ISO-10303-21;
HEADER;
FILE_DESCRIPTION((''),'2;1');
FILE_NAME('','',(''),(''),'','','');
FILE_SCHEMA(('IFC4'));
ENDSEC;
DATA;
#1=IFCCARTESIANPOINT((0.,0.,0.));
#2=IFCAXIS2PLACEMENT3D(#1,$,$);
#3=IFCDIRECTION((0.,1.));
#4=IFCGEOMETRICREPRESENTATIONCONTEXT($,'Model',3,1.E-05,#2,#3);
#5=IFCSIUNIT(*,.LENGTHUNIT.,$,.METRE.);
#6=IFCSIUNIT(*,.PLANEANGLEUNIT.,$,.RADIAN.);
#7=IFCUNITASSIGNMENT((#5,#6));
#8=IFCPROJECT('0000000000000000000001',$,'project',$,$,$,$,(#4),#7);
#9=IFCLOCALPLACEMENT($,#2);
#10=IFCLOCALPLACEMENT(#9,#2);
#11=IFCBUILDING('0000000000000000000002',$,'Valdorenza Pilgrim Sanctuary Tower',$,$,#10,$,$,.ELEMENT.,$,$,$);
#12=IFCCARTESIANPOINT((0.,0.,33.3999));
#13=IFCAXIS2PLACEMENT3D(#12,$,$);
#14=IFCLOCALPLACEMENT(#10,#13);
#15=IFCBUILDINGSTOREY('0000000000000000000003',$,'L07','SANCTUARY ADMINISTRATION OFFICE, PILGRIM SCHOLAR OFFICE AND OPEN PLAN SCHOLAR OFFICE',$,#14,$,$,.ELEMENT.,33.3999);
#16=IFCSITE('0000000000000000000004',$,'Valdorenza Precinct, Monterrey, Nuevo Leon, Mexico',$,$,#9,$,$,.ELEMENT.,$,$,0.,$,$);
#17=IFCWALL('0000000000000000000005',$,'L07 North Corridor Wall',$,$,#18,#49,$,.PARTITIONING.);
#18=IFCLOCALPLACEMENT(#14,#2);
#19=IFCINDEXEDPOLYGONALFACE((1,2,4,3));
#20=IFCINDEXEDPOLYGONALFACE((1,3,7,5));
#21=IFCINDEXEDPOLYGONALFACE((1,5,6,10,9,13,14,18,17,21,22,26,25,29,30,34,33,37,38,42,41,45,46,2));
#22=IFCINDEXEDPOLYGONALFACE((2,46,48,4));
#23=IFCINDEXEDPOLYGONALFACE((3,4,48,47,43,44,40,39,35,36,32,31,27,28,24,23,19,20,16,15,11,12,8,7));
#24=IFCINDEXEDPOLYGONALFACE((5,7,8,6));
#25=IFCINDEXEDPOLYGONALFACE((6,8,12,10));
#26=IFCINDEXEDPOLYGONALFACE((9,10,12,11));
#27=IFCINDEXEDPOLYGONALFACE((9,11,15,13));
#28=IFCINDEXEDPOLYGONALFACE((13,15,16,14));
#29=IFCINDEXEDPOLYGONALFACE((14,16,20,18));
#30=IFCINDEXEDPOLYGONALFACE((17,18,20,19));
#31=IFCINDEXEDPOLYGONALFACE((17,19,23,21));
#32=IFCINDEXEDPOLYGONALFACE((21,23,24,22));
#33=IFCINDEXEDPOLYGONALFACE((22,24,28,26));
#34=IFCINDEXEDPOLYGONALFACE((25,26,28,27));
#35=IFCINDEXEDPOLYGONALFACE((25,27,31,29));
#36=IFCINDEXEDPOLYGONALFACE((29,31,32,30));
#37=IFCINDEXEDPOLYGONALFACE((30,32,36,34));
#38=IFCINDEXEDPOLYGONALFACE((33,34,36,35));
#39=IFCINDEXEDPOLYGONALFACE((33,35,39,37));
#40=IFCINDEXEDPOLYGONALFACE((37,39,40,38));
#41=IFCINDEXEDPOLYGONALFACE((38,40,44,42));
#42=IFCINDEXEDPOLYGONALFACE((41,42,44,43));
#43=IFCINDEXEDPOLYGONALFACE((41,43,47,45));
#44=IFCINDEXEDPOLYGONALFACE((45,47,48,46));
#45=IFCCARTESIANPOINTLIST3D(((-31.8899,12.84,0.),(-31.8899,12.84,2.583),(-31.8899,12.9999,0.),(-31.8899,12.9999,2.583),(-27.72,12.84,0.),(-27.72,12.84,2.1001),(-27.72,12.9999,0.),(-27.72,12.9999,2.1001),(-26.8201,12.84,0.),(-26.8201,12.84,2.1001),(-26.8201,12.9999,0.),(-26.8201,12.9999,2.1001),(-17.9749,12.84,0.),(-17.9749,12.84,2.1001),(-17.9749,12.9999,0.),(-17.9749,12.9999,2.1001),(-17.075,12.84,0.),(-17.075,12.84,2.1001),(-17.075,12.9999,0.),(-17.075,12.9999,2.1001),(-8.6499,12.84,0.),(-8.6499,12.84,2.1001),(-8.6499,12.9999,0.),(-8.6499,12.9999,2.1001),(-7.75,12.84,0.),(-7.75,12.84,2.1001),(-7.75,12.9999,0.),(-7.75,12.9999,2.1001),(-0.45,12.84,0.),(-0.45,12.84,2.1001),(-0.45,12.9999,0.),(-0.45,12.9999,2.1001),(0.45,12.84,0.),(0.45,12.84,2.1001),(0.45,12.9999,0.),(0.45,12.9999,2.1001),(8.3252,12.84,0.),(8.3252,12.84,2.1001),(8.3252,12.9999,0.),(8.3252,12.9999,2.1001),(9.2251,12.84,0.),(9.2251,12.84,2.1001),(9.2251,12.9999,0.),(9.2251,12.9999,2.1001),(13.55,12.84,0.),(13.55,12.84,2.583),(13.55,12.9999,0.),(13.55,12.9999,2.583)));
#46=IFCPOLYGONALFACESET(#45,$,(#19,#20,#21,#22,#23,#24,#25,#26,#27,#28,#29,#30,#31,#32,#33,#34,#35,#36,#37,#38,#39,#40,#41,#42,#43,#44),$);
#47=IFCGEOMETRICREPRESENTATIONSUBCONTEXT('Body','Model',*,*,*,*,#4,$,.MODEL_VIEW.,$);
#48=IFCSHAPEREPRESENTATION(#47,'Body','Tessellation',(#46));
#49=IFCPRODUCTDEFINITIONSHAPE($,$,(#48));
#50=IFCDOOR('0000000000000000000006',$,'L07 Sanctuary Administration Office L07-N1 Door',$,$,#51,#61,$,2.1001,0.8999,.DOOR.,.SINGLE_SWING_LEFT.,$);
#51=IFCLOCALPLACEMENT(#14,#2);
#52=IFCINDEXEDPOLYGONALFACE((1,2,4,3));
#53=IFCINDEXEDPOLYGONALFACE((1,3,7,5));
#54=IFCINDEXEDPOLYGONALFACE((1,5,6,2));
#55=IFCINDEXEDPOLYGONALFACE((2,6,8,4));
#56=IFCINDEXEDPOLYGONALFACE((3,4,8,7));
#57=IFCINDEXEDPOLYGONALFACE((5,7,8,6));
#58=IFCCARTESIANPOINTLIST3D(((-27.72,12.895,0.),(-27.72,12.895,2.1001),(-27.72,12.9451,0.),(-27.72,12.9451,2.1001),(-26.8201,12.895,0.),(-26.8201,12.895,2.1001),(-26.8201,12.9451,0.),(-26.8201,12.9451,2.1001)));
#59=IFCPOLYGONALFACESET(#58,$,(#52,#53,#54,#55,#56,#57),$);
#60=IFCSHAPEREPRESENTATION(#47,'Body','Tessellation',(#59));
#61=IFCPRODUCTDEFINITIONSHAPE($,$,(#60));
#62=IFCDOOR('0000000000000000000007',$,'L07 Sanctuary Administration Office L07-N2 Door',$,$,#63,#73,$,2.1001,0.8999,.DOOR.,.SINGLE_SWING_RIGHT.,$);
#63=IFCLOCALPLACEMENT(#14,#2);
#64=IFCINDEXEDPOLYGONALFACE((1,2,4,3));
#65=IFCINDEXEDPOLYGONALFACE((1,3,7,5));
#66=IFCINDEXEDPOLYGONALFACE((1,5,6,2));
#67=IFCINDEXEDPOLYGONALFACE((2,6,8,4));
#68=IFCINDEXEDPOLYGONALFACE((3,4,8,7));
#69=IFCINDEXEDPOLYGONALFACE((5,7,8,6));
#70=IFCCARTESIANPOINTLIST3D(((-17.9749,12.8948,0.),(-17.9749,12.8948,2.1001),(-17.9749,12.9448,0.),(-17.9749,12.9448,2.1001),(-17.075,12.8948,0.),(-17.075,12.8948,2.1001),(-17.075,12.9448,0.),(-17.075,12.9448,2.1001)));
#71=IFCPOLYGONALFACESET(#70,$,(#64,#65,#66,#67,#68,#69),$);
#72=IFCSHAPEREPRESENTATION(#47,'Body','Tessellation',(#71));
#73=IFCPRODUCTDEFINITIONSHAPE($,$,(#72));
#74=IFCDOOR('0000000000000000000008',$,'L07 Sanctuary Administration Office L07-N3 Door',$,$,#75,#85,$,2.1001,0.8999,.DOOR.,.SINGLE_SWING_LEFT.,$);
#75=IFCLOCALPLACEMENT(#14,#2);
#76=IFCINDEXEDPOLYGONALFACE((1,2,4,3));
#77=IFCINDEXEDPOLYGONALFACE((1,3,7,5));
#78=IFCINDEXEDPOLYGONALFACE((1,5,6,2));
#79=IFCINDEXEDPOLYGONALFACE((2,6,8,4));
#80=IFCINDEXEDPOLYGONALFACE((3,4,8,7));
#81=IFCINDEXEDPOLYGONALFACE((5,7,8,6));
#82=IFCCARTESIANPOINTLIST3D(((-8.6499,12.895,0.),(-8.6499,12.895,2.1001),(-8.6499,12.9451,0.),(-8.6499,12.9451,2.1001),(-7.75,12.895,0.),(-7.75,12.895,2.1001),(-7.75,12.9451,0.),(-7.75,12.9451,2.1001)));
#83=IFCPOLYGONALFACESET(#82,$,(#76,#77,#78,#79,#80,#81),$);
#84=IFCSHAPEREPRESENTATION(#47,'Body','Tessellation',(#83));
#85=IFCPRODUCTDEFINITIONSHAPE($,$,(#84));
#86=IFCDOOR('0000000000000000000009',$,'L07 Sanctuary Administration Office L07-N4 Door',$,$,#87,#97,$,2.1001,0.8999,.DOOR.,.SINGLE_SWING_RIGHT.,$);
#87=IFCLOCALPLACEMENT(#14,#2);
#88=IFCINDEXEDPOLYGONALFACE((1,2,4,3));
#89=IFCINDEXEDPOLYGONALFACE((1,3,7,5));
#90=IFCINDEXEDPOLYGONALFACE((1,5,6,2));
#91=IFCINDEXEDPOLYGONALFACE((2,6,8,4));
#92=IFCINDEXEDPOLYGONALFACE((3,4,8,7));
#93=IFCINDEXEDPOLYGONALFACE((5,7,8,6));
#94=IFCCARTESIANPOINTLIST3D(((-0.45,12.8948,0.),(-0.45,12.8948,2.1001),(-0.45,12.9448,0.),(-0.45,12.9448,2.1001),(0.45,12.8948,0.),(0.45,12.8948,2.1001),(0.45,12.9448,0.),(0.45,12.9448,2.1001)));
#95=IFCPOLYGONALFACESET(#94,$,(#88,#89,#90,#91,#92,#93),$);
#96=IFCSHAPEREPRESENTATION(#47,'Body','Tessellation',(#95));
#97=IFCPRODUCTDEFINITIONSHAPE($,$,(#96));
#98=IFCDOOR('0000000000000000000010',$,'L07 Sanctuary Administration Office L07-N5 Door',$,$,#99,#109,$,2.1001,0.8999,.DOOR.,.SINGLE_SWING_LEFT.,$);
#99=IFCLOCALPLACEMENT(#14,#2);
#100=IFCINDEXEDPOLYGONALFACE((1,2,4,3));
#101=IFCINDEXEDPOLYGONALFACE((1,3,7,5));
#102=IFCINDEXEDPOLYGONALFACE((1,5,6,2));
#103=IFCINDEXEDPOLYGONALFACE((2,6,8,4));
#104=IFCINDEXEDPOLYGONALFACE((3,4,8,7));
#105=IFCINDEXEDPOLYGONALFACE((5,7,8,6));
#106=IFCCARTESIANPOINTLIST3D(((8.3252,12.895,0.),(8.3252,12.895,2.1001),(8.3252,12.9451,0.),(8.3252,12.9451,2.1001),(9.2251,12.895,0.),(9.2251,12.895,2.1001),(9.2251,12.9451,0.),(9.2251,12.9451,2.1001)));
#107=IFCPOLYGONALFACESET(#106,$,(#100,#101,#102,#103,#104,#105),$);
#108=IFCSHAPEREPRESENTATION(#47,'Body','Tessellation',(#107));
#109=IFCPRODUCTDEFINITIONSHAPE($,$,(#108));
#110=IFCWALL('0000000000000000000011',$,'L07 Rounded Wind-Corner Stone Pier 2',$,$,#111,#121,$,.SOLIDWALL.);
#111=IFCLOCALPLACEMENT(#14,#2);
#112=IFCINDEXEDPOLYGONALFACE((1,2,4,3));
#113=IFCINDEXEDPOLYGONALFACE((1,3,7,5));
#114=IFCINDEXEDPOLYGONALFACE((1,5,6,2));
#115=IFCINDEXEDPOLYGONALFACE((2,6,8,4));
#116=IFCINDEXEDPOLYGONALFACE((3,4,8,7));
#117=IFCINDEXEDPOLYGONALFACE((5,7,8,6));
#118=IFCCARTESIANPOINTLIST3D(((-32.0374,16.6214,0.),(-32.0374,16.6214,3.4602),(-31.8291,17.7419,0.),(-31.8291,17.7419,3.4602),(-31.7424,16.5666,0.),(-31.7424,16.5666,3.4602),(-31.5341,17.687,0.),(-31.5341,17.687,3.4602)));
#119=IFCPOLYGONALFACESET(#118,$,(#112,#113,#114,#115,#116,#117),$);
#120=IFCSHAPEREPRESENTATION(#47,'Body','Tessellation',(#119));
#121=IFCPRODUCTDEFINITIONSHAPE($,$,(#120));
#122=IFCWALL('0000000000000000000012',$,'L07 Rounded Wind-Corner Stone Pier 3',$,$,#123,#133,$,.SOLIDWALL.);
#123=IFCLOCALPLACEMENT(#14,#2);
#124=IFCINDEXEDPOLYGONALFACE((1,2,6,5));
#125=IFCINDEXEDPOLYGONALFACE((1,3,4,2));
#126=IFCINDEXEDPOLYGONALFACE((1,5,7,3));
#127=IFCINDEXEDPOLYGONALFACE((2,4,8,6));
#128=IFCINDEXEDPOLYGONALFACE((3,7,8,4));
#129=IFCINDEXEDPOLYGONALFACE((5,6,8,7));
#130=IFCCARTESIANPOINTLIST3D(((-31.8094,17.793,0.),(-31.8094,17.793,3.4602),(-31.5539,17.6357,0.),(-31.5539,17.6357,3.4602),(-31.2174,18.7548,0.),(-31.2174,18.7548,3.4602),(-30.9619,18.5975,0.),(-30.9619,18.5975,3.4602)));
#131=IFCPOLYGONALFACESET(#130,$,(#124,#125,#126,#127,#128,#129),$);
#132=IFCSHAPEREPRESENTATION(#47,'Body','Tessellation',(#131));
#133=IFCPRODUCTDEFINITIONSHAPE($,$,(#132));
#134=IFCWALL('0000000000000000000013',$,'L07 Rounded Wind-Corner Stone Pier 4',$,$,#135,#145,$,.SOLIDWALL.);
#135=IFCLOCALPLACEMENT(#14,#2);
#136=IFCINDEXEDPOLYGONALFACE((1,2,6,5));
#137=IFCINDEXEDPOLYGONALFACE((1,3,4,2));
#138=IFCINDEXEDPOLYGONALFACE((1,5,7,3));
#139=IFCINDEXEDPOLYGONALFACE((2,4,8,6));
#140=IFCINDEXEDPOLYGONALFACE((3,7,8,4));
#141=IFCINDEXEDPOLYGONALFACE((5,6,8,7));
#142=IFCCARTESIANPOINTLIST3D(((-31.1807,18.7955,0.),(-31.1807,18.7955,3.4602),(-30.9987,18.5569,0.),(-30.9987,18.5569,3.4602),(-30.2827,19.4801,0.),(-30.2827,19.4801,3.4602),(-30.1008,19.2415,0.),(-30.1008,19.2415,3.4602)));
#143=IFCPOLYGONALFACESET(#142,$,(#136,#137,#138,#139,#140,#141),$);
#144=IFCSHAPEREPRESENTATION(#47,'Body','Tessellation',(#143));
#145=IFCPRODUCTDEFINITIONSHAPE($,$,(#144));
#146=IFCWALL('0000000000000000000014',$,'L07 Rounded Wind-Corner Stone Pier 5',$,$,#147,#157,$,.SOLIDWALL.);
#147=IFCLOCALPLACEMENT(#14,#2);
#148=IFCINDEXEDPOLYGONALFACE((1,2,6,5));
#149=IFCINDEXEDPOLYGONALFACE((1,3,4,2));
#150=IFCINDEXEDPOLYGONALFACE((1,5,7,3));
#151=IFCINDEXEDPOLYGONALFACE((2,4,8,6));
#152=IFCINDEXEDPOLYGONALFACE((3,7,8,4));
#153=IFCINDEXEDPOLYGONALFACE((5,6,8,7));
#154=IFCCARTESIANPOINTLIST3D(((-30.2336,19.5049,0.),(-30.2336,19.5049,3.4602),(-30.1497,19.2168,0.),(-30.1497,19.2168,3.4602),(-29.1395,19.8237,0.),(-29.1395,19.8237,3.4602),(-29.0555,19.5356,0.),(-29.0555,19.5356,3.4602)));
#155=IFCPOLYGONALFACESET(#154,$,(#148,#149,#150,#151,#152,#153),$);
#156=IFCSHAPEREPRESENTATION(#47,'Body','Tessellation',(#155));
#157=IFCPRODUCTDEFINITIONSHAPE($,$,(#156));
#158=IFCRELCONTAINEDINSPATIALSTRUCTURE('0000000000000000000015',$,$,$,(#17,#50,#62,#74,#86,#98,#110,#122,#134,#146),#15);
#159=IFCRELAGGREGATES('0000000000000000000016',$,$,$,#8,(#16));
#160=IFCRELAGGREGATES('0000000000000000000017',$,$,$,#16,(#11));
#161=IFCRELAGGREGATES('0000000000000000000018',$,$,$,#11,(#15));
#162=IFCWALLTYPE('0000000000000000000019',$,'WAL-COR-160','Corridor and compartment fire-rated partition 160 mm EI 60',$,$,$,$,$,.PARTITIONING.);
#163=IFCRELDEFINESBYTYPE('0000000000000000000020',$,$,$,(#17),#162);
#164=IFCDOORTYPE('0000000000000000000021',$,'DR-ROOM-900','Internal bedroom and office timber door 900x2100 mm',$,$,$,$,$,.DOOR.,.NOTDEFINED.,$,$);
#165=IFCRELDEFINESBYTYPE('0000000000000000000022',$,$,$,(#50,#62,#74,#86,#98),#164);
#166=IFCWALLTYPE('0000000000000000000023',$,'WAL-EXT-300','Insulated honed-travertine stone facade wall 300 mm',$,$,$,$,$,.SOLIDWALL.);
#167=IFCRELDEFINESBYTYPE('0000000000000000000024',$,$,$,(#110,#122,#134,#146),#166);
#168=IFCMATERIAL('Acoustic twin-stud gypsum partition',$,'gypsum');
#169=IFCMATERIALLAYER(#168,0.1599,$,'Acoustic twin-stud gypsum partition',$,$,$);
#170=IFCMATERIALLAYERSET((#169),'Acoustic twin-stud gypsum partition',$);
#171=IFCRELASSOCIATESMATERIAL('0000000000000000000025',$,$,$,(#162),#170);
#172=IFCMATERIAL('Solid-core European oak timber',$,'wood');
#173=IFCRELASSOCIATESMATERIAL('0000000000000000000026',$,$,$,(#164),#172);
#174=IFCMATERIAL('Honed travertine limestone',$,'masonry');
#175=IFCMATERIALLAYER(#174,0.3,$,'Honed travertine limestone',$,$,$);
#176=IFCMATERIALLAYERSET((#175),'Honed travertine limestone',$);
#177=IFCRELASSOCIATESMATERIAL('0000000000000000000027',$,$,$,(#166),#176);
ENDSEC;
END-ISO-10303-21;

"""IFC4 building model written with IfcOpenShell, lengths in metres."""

from ifc_helpers import new_model, si_unit, direction, frame, frame_2d, origin, place, context, subcontext, project, spatial, rectangle, extrude, material, layer, layer_set, type_object, element, fill, save


model = new_model("IFC4")

# Units and contexts
model_context = context("Model", 3, precision=1e-05, world=origin(), true_north=direction((0.0, 1.0)))
body_context = subcontext(model_context, "Body", "Model", "MODEL_VIEW")
ifc_project = project(units=[si_unit("LENGTHUNIT", "METRE"), si_unit("PLANEANGLEUNIT", "RADIAN")], contexts=[model_context])

# Site, building, storey
site_placement = place(None, origin())
site = spatial("IfcSite", under=ifc_project, at=site_placement, Name="Valdorenza Precinct, Monterrey, Nuevo Leon, Mexico", CompositionType="ELEMENT", RefElevation=0.0)
building_placement = place(site_placement, origin())
building = spatial("IfcBuilding", under=site, at=building_placement, Name="Valdorenza Pilgrim Sanctuary Tower", CompositionType="ELEMENT")
storey_placement = place(building_placement, frame((0.0, 0.0, 33.3999)))
storey = spatial("IfcBuildingStorey", under=building, at=storey_placement, Name="L07", Description="SANCTUARY ADMINISTRATION OFFICE, PILGRIM SCHOLAR OFFICE AND OPEN PLAN SCHOLAR OFFICE", CompositionType="ELEMENT", Elevation=33.3999)

# Shared definitions
ifc_material_1 = material(Name="Honed travertine limestone", Category="masonry")

# Wall, openings, doors
ifc_material_2 = material(Name="Acoustic twin-stud gypsum partition", Category="gypsum")
ifc_layer_1 = layer(ifc_material_2, 0.1599, Name="Acoustic twin-stud gypsum partition")
ifc_layer_set_1 = layer_set([ifc_layer_1], Name="Acoustic twin-stud gypsum partition")
wall_type_1 = type_object("IfcWallType", Name="WAL-COR-160", Description="Corridor and compartment fire-rated partition 160 mm EI 60", PredefinedType="PARTITIONING", material=ifc_layer_set_1)
wall_1_placement = place(storey_placement, frame((-31.8899, 12.9199, 0.0), z_axis=(0.0, 0.0, 1.0), x_axis=(1.0, 0.0, 0.0)))
wall_1 = element("IfcWall", 1, at=wall_1_placement, inside=storey, type_object=wall_type_1, Name="L07 North Corridor Wall", PredefinedType="PARTITIONING", context=body_context, shape_type="SweptSolid", body=[
    extrude(rectangle(XDim=45.4399, YDim=0.1599, at=frame_2d((22.72, 0.0))), origin(), (0.0, 0.0, 1.0), 2.583),
])
opening_1_placement = place(wall_1_placement, frame((4.1699, 0.0, 0.0)))
opening_1 = element("IfcOpeningElement", 2, at=opening_1_placement, cuts=wall_1, PredefinedType="OPENING", context=body_context, shape_type="SweptSolid", body=[
    extrude(rectangle(XDim=0.8999, YDim=2.1001, at=frame_2d((0.45, 1.05))), frame((0.0, 0.0947, 0.0), z_axis=(0.0, -1.0, 0.0), x_axis=(1.0, 0.0, 0.0)), (0.0, 0.0, 1.0), 0.1897),
])
opening_2_placement = place(wall_1_placement, frame((13.915, 0.0, 0.0)))
opening_2 = element("IfcOpeningElement", 3, at=opening_2_placement, cuts=wall_1, PredefinedType="OPENING", context=body_context, shape_type="SweptSolid", body=[
    extrude(rectangle(XDim=0.8999, YDim=2.1001, at=frame_2d((0.45, 1.05))), frame((0.0, 0.0947, 0.0), z_axis=(0.0, -1.0, 0.0), x_axis=(1.0, 0.0, 0.0)), (0.0, 0.0, 1.0), 0.1897),
])
opening_3_placement = place(wall_1_placement, frame((23.24, 0.0, 0.0)))
opening_3 = element("IfcOpeningElement", 4, at=opening_3_placement, cuts=wall_1, PredefinedType="OPENING", context=body_context, shape_type="SweptSolid", body=[
    extrude(rectangle(XDim=0.8999, YDim=2.1001, at=frame_2d((0.45, 1.05))), frame((0.0, 0.0947, 0.0), z_axis=(0.0, -1.0, 0.0), x_axis=(1.0, 0.0, 0.0)), (0.0, 0.0, 1.0), 0.1897),
])
opening_4_placement = place(wall_1_placement, frame((31.4399, 0.0, 0.0)))
opening_4 = element("IfcOpeningElement", 5, at=opening_4_placement, cuts=wall_1, PredefinedType="OPENING", context=body_context, shape_type="SweptSolid", body=[
    extrude(rectangle(XDim=0.8999, YDim=2.1001, at=frame_2d((0.45, 1.05))), frame((0.0, 0.0947, 0.0), z_axis=(0.0, -1.0, 0.0), x_axis=(1.0, 0.0, 0.0)), (0.0, 0.0, 1.0), 0.1897),
])
opening_5_placement = place(wall_1_placement, frame((40.2151, 0.0, 0.0)))
opening_5 = element("IfcOpeningElement", 6, at=opening_5_placement, cuts=wall_1, PredefinedType="OPENING", context=body_context, shape_type="SweptSolid", body=[
    extrude(rectangle(XDim=0.8999, YDim=2.1001, at=frame_2d((0.45, 1.05))), frame((0.0, 0.0947, 0.0), z_axis=(0.0, -1.0, 0.0), x_axis=(1.0, 0.0, 0.0)), (0.0, 0.0, 1.0), 0.1897),
])
ifc_material_3 = material(Name="Solid-core European oak timber", Category="wood")
door_type = type_object("IfcDoorType", Name="DR-ROOM-900", Description="Internal bedroom and office timber door 900x2100 mm", OperationType="NOTDEFINED", PredefinedType="DOOR", material=ifc_material_3)
door_1_placement = place(opening_1_placement, frame((0.8999, 0.0, 0.0), z_axis=(0.0, 0.0, 1.0), x_axis=(-1.0, 0.0, 0.0)))
door_1 = element("IfcDoor", 7, at=door_1_placement, inside=storey, type_object=door_type, Name="L07 Sanctuary Administration Office L07-N1 Door", OperationType="SINGLE_SWING_LEFT", OverallHeight=2.1001, OverallWidth=0.8999, PredefinedType="DOOR", context=body_context, shape_type="SweptSolid", body=[
    extrude(rectangle(XDim=0.8999, YDim=2.1001, at=frame_2d((0.45, 1.05))), frame((0.0, 0.0249, 0.0), z_axis=(0.0, -1.0, 0.0), x_axis=(1.0, 0.0, 0.0)), (0.0, 0.0, 1.0), 0.05),
])
fill(opening_1, door_1)
door_2_placement = place(opening_2_placement, origin())
door_2 = element("IfcDoor", 8, at=door_2_placement, inside=storey, type_object=door_type, Name="L07 Sanctuary Administration Office L07-N2 Door", OperationType="SINGLE_SWING_RIGHT", OverallHeight=2.1001, OverallWidth=0.8999, PredefinedType="DOOR", context=body_context, shape_type="SweptSolid", body=[
    extrude(rectangle(XDim=0.8999, YDim=2.1001, at=frame_2d((0.45, 1.05))), frame((0.0, 0.0249, 0.0), z_axis=(0.0, -1.0, 0.0), x_axis=(1.0, 0.0, 0.0)), (0.0, 0.0, 1.0), 0.05),
])
fill(opening_2, door_2)
door_3_placement = place(opening_3_placement, frame((0.8999, 0.0, 0.0), z_axis=(0.0, 0.0, 1.0), x_axis=(-1.0, 0.0, 0.0)))
door_3 = element("IfcDoor", 9, at=door_3_placement, inside=storey, type_object=door_type, Name="L07 Sanctuary Administration Office L07-N3 Door", OperationType="SINGLE_SWING_LEFT", OverallHeight=2.1001, OverallWidth=0.8999, PredefinedType="DOOR", context=body_context, shape_type="SweptSolid", body=[
    extrude(rectangle(XDim=0.8999, YDim=2.1001, at=frame_2d((0.45, 1.05))), frame((0.0, 0.0249, 0.0), z_axis=(0.0, -1.0, 0.0), x_axis=(1.0, 0.0, 0.0)), (0.0, 0.0, 1.0), 0.05),
])
fill(opening_3, door_3)
door_4_placement = place(opening_4_placement, origin())
door_4 = element("IfcDoor", 10, at=door_4_placement, inside=storey, type_object=door_type, Name="L07 Sanctuary Administration Office L07-N4 Door", OperationType="SINGLE_SWING_RIGHT", OverallHeight=2.1001, OverallWidth=0.8999, PredefinedType="DOOR", context=body_context, shape_type="SweptSolid", body=[
    extrude(rectangle(XDim=0.8999, YDim=2.1001, at=frame_2d((0.45, 1.05))), frame((0.0, 0.0249, 0.0), z_axis=(0.0, -1.0, 0.0), x_axis=(1.0, 0.0, 0.0)), (0.0, 0.0, 1.0), 0.05),
])
fill(opening_4, door_4)
door_5_placement = place(opening_5_placement, frame((0.8999, 0.0, 0.0), z_axis=(0.0, 0.0, 1.0), x_axis=(-1.0, 0.0, 0.0)))
door_5 = element("IfcDoor", 11, at=door_5_placement, inside=storey, type_object=door_type, Name="L07 Sanctuary Administration Office L07-N5 Door", OperationType="SINGLE_SWING_LEFT", OverallHeight=2.1001, OverallWidth=0.8999, PredefinedType="DOOR", context=body_context, shape_type="SweptSolid", body=[
    extrude(rectangle(XDim=0.8999, YDim=2.1001, at=frame_2d((0.45, 1.05))), frame((0.0, 0.0249, 0.0), z_axis=(0.0, -1.0, 0.0), x_axis=(1.0, 0.0, 0.0)), (0.0, 0.0, 1.0), 0.05),
])
fill(opening_5, door_5)

# Walls
ifc_layer_2 = layer(ifc_material_1, 0.3, Name="Honed travertine limestone")
ifc_layer_set_2 = layer_set([ifc_layer_2], Name="Honed travertine limestone")
wall_type_2 = type_object("IfcWallType", Name="WAL-EXT-300", Description="Insulated honed-travertine stone facade wall 300 mm", PredefinedType="SOLIDWALL", material=ifc_layer_set_2)
wall_2_placement = place(storey_placement, frame((-31.8899, 16.594, 0.0), z_axis=(0.0, 0.0, 1.0), x_axis=(0.182749, 0.98316, 0.0)))
element("IfcWall", 12, at=wall_2_placement, inside=storey, type_object=wall_type_2, Name="L07 Rounded Wind-Corner Stone Pier 2", PredefinedType="SOLIDWALL", context=body_context, shape_type="SweptSolid", body=[
    extrude(rectangle(XDim=1.1396, YDim=0.3, at=frame_2d((0.5698, 0.0))), origin(), (0.0, 0.0, 1.0), 3.4602),
])
wall_3_placement = place(storey_placement, frame((-31.6816, 17.7144, 0.0), z_axis=(0.0, 0.0, 1.0), x_axis=(0.524158, 0.851621, 0.0)))
element("IfcWall", 13, at=wall_3_placement, inside=storey, type_object=wall_type_2, Name="L07 Rounded Wind-Corner Stone Pier 3", PredefinedType="SOLIDWALL", context=body_context, shape_type="SweptSolid", body=[
    extrude(rectangle(XDim=1.1294, YDim=0.3, at=frame_2d((0.5647, 0.0))), origin(), (0.0, 0.0, 1.0), 3.4602),
])
wall_4_placement = place(storey_placement, frame((-31.0896, 18.6763, 0.0), z_axis=(0.0, 0.0, 1.0), x_axis=(0.795253, 0.606278, 0.0)))
element("IfcWall", 14, at=wall_4_placement, inside=storey, type_object=wall_type_2, Name="L07 Rounded Wind-Corner Stone Pier 4", PredefinedType="SOLIDWALL", context=body_context, shape_type="SweptSolid", body=[
    extrude(rectangle(XDim=1.1292, YDim=0.3, at=frame_2d((0.5645, 0.0))), origin(), (0.0, 0.0, 1.0), 3.4602),
])
wall_5_placement = place(storey_placement, frame((-30.1917, 19.3608, 0.0), z_axis=(0.0, 0.0, 1.0), x_axis=(0.960072, 0.279753, 0.0)))
element("IfcWall", 15, at=wall_5_placement, inside=storey, type_object=wall_type_2, Name="L07 Rounded Wind-Corner Stone Pier 5", PredefinedType="SOLIDWALL", context=body_context, shape_type="SweptSolid", body=[
    extrude(rectangle(XDim=1.1396, YDim=0.3, at=frame_2d((0.5698, 0.0))), origin(), (0.0, 0.0, 1.0), 3.4602),
])

save(model, "model.ifc")
